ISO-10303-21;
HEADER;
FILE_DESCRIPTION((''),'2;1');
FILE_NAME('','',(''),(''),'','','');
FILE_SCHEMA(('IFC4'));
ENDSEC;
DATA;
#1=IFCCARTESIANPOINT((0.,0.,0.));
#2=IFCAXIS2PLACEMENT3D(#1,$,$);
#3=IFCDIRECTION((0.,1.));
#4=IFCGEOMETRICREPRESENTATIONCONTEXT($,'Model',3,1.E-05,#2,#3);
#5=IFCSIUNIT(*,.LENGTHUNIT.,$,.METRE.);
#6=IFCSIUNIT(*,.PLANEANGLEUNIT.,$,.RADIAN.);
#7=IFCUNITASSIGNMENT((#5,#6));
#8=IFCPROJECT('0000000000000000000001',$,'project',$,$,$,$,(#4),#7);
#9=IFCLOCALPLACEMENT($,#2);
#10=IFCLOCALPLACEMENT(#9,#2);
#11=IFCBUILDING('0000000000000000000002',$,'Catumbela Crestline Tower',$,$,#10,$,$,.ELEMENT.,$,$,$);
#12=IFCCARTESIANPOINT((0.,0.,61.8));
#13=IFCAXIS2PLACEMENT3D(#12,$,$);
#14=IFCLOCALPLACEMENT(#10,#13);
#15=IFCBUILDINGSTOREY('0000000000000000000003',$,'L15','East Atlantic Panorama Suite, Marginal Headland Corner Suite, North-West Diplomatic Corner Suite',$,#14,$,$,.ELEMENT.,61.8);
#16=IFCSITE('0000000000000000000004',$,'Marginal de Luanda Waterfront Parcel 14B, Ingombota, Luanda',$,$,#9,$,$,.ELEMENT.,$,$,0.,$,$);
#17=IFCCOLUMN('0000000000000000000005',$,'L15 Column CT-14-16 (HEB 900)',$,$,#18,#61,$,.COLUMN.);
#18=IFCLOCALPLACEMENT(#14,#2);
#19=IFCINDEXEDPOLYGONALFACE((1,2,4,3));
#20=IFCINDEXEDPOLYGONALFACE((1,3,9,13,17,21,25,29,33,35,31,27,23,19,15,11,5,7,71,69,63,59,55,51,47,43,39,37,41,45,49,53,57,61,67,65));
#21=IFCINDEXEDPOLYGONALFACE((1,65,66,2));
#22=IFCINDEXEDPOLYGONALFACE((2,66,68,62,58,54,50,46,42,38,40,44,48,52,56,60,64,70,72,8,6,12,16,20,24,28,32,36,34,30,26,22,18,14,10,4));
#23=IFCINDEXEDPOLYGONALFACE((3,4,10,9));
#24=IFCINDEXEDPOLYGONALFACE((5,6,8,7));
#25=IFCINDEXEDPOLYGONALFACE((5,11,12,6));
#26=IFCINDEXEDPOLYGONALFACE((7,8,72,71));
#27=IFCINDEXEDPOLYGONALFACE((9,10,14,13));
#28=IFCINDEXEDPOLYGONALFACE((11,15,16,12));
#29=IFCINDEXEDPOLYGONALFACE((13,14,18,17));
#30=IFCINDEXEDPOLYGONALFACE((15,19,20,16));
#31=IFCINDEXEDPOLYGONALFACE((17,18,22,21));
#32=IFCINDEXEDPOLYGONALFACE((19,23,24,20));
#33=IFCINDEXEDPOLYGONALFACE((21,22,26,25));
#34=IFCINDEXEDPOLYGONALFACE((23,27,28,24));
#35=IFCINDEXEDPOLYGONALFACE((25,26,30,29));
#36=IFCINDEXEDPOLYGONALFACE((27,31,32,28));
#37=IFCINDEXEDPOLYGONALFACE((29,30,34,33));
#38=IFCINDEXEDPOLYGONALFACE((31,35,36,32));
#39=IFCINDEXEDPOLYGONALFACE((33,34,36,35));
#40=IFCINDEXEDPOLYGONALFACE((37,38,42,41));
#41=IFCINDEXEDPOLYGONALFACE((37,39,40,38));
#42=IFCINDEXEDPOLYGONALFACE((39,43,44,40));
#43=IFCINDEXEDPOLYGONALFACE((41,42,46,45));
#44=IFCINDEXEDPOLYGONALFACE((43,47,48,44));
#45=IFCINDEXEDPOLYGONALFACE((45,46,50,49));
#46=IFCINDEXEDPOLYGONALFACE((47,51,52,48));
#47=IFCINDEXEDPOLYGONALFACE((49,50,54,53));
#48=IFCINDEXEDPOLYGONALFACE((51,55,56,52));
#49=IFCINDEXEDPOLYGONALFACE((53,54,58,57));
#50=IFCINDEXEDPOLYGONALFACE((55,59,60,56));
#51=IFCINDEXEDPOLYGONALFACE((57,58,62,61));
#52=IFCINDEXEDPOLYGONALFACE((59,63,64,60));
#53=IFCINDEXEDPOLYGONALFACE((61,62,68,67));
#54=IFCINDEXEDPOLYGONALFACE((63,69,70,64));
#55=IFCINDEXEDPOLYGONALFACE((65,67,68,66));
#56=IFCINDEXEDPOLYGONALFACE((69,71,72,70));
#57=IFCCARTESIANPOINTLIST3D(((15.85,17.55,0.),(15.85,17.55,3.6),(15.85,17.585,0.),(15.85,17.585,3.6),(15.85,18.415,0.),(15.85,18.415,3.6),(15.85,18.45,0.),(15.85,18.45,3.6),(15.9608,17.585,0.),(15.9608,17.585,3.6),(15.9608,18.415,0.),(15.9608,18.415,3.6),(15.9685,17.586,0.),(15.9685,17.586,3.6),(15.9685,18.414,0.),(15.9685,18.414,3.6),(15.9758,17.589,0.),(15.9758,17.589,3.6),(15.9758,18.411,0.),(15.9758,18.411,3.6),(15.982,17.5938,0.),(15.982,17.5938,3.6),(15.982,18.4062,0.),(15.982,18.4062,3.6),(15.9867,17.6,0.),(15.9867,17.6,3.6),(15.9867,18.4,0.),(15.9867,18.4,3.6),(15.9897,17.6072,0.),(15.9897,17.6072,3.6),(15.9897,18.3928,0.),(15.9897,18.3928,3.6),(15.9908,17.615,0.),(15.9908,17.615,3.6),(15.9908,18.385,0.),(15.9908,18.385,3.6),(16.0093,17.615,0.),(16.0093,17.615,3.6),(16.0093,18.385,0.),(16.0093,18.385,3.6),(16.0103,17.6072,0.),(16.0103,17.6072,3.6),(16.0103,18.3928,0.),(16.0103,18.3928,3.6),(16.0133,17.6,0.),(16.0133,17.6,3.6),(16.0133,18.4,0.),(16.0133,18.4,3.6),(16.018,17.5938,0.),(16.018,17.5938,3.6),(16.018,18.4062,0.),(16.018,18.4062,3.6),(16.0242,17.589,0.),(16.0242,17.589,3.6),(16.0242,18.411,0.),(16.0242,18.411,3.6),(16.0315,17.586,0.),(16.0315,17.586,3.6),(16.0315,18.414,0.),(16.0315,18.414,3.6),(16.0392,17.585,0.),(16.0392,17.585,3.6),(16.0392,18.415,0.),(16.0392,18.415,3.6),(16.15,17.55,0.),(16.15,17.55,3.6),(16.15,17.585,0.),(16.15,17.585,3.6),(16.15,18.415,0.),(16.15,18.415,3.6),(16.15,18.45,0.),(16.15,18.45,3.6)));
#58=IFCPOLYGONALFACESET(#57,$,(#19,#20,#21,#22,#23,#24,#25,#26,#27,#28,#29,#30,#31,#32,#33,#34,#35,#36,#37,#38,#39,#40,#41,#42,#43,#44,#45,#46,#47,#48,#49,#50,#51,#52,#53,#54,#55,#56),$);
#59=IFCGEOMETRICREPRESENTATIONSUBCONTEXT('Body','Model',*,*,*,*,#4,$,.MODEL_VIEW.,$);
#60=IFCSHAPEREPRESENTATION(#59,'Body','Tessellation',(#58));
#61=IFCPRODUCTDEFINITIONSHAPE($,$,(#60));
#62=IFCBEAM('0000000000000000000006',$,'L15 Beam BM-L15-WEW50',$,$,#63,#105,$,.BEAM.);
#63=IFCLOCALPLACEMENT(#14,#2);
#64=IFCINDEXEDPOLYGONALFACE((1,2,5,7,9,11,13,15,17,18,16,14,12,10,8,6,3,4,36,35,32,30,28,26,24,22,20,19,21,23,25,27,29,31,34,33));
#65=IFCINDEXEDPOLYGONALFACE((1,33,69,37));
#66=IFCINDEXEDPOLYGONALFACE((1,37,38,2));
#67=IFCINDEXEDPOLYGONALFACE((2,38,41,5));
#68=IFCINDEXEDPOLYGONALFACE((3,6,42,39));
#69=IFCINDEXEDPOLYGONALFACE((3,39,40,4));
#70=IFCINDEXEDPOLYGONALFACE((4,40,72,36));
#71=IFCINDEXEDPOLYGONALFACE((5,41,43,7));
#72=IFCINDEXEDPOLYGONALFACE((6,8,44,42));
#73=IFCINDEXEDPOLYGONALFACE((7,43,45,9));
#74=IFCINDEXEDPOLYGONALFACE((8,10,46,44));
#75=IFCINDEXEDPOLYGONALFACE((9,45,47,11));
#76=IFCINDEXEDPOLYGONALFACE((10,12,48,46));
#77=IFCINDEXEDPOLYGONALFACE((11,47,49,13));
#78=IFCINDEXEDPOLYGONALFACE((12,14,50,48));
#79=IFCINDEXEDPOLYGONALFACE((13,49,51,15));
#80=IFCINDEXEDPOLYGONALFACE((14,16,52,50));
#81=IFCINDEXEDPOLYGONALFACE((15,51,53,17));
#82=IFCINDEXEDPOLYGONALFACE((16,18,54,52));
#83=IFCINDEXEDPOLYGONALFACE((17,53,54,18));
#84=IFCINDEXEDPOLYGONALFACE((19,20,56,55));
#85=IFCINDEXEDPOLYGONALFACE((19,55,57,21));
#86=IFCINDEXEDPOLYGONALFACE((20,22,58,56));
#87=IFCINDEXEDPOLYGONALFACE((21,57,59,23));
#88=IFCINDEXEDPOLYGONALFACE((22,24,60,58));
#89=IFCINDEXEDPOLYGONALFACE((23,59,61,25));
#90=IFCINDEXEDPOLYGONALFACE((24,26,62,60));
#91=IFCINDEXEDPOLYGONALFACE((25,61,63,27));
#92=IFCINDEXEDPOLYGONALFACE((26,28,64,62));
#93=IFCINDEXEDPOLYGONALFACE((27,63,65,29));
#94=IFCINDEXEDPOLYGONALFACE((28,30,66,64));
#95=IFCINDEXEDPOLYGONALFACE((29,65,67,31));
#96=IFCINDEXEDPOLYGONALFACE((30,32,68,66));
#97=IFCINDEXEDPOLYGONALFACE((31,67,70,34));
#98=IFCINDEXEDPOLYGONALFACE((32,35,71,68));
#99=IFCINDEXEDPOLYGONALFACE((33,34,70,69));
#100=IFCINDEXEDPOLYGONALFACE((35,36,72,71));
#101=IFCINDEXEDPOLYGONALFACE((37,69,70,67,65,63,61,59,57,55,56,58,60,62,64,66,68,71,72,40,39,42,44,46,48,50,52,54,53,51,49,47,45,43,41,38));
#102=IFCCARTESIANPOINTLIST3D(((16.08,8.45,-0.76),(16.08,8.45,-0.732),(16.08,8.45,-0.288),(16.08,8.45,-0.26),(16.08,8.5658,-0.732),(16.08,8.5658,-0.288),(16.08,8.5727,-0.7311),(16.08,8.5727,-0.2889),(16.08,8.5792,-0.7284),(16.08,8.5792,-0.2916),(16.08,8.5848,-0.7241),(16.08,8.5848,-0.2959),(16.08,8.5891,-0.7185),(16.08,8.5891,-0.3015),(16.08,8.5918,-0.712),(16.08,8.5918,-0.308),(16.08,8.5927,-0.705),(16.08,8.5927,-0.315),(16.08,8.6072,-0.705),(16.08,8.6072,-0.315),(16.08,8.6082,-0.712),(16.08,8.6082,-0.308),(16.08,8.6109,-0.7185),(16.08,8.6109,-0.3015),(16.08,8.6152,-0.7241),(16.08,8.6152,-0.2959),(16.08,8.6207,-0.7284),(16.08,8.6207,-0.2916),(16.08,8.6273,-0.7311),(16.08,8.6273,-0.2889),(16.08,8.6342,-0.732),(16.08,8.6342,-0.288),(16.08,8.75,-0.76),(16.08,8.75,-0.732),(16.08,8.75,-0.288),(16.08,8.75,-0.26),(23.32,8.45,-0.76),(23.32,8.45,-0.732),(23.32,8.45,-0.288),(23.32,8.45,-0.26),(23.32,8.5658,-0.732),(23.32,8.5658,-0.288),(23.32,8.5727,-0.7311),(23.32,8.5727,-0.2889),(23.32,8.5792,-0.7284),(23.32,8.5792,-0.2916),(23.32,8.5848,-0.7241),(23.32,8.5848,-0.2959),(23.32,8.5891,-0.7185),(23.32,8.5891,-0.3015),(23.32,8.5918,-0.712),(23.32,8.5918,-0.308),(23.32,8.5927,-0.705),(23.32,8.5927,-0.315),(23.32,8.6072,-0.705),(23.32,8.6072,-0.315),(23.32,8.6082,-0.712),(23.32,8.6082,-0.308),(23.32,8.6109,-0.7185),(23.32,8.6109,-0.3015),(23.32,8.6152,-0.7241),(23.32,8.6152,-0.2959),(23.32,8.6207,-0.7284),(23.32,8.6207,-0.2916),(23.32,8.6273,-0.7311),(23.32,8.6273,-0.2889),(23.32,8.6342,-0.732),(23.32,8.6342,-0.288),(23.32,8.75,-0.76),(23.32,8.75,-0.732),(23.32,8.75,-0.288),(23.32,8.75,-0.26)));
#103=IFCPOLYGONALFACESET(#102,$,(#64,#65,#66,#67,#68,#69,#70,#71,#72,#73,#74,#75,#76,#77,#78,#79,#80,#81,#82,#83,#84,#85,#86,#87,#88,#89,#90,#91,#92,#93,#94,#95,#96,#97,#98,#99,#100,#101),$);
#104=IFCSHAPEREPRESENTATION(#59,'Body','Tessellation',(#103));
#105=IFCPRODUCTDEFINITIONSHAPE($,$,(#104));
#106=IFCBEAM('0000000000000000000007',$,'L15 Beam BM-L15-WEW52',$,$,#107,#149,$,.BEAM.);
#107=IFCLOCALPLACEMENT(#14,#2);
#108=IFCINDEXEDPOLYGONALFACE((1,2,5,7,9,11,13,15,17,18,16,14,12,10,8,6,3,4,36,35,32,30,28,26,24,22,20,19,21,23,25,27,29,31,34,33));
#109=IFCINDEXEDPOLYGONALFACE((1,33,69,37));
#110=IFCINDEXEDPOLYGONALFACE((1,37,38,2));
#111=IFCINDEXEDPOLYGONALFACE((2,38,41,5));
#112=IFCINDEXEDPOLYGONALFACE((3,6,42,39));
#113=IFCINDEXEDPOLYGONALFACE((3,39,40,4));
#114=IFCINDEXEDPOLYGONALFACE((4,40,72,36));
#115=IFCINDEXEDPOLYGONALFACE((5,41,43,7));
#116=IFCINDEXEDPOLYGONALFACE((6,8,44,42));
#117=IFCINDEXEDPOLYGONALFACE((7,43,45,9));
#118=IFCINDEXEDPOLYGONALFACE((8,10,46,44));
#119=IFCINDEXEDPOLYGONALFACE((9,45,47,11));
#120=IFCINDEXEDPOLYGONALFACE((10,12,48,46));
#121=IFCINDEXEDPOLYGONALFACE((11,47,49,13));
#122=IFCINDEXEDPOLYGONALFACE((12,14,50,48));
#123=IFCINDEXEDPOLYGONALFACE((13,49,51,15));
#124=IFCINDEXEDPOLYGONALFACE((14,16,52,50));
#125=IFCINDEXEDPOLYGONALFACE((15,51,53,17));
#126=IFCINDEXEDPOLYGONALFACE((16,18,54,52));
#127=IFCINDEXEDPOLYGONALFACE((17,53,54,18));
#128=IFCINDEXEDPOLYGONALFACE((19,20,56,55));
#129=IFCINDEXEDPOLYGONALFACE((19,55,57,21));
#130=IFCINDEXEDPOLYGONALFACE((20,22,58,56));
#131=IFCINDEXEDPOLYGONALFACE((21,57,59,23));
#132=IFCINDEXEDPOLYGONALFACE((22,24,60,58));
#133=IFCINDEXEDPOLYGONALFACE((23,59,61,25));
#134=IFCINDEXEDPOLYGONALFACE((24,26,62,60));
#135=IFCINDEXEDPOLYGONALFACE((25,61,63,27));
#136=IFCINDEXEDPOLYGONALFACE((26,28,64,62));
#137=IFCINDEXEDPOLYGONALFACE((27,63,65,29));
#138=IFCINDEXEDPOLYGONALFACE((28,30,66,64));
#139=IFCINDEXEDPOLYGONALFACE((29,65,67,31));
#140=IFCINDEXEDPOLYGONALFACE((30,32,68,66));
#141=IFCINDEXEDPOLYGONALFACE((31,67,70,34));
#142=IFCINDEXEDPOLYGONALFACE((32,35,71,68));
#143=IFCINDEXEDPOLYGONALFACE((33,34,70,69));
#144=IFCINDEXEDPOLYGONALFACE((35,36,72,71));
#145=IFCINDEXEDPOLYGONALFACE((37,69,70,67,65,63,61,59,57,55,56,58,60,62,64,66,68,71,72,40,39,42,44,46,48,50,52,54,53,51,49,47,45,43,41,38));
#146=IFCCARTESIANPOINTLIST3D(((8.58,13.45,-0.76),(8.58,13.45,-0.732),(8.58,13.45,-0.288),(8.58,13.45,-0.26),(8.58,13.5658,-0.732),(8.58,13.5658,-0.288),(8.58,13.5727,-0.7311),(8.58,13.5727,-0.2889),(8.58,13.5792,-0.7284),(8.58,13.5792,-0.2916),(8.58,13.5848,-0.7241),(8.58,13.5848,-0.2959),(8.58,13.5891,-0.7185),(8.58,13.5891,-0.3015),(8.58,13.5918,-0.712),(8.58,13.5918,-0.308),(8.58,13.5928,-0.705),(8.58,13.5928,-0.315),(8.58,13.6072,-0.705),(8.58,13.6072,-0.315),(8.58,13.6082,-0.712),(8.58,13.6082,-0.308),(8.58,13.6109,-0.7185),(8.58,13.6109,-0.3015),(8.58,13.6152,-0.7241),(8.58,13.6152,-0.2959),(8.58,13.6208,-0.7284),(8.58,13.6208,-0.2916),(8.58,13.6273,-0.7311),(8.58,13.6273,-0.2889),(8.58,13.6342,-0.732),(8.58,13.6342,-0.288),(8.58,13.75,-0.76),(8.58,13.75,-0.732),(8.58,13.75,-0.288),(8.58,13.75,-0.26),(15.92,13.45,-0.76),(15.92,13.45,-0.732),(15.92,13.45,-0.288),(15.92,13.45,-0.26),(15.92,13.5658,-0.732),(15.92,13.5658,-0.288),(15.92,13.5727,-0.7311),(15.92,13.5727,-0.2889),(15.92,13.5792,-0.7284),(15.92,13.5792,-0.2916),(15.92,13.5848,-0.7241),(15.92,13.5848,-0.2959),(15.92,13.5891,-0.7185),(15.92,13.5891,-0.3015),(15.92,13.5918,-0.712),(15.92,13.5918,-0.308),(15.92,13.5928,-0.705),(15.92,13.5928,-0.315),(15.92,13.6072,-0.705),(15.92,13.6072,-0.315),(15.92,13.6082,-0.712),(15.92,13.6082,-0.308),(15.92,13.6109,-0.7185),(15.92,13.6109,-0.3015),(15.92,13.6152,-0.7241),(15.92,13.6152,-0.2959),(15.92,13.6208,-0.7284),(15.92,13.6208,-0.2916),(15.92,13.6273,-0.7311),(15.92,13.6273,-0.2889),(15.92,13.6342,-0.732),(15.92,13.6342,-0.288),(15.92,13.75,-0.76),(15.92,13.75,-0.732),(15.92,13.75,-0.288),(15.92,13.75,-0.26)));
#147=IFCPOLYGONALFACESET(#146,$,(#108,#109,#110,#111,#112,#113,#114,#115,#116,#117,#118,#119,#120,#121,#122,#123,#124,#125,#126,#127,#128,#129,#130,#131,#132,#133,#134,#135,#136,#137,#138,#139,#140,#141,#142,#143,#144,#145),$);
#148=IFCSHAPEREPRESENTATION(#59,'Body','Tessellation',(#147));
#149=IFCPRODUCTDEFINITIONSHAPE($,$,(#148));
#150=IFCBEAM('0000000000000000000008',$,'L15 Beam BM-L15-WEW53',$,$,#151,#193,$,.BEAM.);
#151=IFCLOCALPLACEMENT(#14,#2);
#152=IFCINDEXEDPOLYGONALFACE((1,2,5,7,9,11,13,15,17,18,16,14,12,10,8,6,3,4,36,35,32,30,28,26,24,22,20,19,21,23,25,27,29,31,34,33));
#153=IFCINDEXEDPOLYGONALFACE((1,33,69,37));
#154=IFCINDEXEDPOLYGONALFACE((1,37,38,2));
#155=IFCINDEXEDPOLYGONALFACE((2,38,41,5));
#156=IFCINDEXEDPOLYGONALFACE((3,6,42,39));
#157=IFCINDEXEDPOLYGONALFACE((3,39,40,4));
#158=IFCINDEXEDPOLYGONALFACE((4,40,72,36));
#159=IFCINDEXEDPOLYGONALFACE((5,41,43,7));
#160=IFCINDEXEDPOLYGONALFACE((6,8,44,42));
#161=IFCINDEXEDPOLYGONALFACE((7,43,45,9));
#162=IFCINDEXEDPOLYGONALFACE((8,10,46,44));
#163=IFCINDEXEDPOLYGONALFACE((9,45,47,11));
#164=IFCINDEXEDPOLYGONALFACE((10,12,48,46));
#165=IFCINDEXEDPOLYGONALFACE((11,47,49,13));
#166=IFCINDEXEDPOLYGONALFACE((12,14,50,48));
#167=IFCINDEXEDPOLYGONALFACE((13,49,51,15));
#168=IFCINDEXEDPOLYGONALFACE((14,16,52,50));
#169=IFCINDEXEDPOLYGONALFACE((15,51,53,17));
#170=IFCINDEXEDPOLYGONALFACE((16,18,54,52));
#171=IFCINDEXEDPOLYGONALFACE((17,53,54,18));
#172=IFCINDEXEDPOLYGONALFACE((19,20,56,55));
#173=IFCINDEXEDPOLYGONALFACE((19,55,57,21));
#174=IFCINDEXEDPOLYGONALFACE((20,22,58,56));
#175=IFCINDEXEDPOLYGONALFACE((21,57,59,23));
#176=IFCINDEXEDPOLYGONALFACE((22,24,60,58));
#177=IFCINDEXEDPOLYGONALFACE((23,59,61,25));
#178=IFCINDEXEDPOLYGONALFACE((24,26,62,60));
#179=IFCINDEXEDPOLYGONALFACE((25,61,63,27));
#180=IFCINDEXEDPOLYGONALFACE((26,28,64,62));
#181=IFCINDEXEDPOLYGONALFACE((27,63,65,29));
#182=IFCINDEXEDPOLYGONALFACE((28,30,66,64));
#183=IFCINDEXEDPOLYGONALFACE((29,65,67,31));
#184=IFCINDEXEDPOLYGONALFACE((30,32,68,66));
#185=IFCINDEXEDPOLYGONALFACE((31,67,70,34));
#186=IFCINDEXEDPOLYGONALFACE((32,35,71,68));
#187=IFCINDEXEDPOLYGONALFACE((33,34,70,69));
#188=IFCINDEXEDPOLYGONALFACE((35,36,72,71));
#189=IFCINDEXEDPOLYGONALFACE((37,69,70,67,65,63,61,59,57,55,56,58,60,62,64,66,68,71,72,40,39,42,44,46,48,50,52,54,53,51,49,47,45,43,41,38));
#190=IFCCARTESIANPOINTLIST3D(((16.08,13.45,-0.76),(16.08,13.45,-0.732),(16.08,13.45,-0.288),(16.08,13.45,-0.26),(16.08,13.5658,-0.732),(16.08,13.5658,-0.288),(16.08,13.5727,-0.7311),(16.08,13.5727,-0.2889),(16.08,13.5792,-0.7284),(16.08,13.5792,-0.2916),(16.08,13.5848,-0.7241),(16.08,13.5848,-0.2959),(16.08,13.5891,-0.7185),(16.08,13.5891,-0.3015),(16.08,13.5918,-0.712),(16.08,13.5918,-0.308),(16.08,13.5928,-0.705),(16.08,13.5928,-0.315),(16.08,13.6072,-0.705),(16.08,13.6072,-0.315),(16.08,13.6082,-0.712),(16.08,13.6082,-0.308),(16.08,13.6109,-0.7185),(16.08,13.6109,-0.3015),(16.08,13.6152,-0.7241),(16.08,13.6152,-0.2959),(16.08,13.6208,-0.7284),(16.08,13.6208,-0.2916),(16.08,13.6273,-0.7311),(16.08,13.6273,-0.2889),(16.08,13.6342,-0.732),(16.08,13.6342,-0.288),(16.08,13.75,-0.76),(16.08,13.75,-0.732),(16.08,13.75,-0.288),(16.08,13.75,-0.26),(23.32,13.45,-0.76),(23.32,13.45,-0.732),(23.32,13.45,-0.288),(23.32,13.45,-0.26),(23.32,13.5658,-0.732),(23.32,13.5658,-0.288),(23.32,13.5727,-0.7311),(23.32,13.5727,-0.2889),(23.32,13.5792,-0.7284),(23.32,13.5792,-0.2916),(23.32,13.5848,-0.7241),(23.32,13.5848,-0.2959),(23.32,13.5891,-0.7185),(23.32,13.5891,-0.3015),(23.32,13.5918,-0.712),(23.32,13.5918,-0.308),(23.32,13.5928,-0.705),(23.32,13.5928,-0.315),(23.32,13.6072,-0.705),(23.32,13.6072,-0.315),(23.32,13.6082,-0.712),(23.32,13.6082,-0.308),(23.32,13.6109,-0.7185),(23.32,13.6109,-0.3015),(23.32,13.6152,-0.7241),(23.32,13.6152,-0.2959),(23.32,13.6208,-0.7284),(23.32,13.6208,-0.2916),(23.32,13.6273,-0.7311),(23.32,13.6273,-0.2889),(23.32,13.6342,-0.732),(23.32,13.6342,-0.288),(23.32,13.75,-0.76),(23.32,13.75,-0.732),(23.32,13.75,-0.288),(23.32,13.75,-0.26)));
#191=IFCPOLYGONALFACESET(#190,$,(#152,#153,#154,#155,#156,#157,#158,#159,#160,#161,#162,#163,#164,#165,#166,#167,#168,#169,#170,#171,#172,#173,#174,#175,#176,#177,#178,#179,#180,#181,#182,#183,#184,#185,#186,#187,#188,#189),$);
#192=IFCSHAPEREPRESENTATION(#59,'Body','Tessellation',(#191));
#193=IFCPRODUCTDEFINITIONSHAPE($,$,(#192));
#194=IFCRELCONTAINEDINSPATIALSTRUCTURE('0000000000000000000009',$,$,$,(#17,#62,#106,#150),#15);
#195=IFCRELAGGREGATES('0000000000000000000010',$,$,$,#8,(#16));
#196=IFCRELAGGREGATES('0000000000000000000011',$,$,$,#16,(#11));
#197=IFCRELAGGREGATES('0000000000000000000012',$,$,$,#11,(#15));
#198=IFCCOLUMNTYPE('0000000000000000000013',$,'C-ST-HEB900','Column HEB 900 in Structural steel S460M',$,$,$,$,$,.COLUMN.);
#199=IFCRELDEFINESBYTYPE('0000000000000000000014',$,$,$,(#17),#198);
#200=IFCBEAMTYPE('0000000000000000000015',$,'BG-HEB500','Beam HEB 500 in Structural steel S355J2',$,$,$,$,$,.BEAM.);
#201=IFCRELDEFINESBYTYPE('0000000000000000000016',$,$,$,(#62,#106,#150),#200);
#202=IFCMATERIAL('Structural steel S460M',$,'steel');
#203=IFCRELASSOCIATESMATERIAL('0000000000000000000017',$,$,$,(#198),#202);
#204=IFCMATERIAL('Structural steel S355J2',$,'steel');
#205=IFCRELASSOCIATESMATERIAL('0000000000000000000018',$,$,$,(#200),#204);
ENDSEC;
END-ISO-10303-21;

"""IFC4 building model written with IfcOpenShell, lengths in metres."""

from ifc_helpers import new_model, si_unit, direction, frame, origin, origin_2d, place, context, subcontext, project, spatial, i_section, extrude, material, material_profile, profile_set, type_object, element, save


model = new_model("IFC4")

# Units and contexts
model_context = context("Model", 3, precision=1e-05, world=origin(), true_north=direction((0.0, 1.0)))
body_context = subcontext(model_context, "Body", "Model", "MODEL_VIEW")
ifc_project = project(units=[si_unit("LENGTHUNIT", "METRE"), si_unit("PLANEANGLEUNIT", "RADIAN")], contexts=[model_context])

# Site, building, storey
site_placement = place(None, origin())
site = spatial("IfcSite", under=ifc_project, at=site_placement, Name="Marginal de Luanda Waterfront Parcel 14B, Ingombota, Luanda", CompositionType="ELEMENT", RefElevation=0.0)
building_placement = place(site_placement, origin())
building = spatial("IfcBuilding", under=site, at=building_placement, Name="Catumbela Crestline Tower", CompositionType="ELEMENT")
storey_placement = place(building_placement, frame((0.0, 0.0, 61.8)))
storey = spatial("IfcBuildingStorey", under=building, at=storey_placement, Name="L15", Description="East Atlantic Panorama Suite, Marginal Headland Corner Suite, North-West Diplomatic Corner Suite", CompositionType="ELEMENT", Elevation=61.8)

# Column
ifc_material_1 = material(Name="Structural steel S460M", Category="steel")
ifc_material_profile_1 = material_profile(ifc_material_1, i_section(OverallWidth=0.3, OverallDepth=0.9, WebThickness=0.0185, FlangeThickness=0.035, FilletRadius=0.03, at=origin_2d()), Name="HEB 900")
ifc_profile_set_1 = profile_set([ifc_material_profile_1], Name="Structural steel S460M")
column_type = type_object("IfcColumnType", Name="C-ST-HEB900", Description="Column HEB 900 in Structural steel S460M", PredefinedType="COLUMN", material=ifc_profile_set_1)
for number, where, z_axis, x_axis, name in (
    (1, (16.0, 18.0, 0.0), (0.0, 0.0, 1.0), (1.0, 0.0, 0.0), "L15 Column CT-14-16 (HEB 900)"),
):
    element("IfcColumn", number, at=place(storey_placement, frame(where, z_axis=z_axis, x_axis=x_axis)), inside=storey, type_object=column_type, Name=name, PredefinedType="COLUMN", context=body_context, shape_type="SweptSolid", body=[
        extrude(i_section(OverallWidth=0.3, OverallDepth=0.9, WebThickness=0.0185, FlangeThickness=0.035, FilletRadius=0.03, at=origin_2d()), origin(), (0.0, 0.0, 1.0), 3.6),
    ])

# Beams
ifc_material_2 = material(Name="Structural steel S355J2", Category="steel")
ifc_material_profile_2 = material_profile(ifc_material_2, i_section(OverallWidth=0.3, OverallDepth=0.5, WebThickness=0.0145, FlangeThickness=0.028, FilletRadius=0.027, at=origin_2d()), Name="HEB 500")
ifc_profile_set_2 = profile_set([ifc_material_profile_2], Name="Structural steel S355J2")
beam_type_1 = type_object("IfcBeamType", Name="BG-HEB500", Description="Beam HEB 500 in Structural steel S355J2", PredefinedType="BEAM", material=ifc_profile_set_2)
beam_1_placement = place(storey_placement, frame((16.08, 8.6, -0.51), z_axis=(1.0, 0.0, 0.0), x_axis=(0.0, 1.0, 0.0)))
element("IfcBeam", 2, at=beam_1_placement, inside=storey, type_object=beam_type_1, Name="L15 Beam BM-L15-WEW50", PredefinedType="BEAM", context=body_context, shape_type="SweptSolid", body=[
    extrude(i_section(OverallWidth=0.3, OverallDepth=0.5, WebThickness=0.0145, FlangeThickness=0.028, FilletRadius=0.027, at=origin_2d()), origin(), (0.0, 0.0, 1.0), 7.24),
])
beam_2_placement = place(storey_placement, frame((8.58, 13.6, -0.51), z_axis=(1.0, 0.0, 0.0), x_axis=(0.0, 1.0, 0.0)))
element("IfcBeam", 3, at=beam_2_placement, inside=storey, type_object=beam_type_1, Name="L15 Beam BM-L15-WEW52", PredefinedType="BEAM", context=body_context, shape_type="SweptSolid", body=[
    extrude(i_section(OverallWidth=0.3, OverallDepth=0.5, WebThickness=0.0145, FlangeThickness=0.028, FilletRadius=0.027, at=origin_2d()), origin(), (0.0, 0.0, 1.0), 7.34),
])
beam_3_placement = place(storey_placement, frame((16.08, 13.6, -0.51), z_axis=(1.0, 0.0, 0.0), x_axis=(0.0, 1.0, 0.0)))
element("IfcBeam", 4, at=beam_3_placement, inside=storey, type_object=beam_type_1, Name="L15 Beam BM-L15-WEW53", PredefinedType="BEAM", context=body_context, shape_type="SweptSolid", body=[
    extrude(i_section(OverallWidth=0.3, OverallDepth=0.5, WebThickness=0.0145, FlangeThickness=0.028, FilletRadius=0.027, at=origin_2d()), origin(), (0.0, 0.0, 1.0), 7.24),
])

save(model, "model.ifc")
